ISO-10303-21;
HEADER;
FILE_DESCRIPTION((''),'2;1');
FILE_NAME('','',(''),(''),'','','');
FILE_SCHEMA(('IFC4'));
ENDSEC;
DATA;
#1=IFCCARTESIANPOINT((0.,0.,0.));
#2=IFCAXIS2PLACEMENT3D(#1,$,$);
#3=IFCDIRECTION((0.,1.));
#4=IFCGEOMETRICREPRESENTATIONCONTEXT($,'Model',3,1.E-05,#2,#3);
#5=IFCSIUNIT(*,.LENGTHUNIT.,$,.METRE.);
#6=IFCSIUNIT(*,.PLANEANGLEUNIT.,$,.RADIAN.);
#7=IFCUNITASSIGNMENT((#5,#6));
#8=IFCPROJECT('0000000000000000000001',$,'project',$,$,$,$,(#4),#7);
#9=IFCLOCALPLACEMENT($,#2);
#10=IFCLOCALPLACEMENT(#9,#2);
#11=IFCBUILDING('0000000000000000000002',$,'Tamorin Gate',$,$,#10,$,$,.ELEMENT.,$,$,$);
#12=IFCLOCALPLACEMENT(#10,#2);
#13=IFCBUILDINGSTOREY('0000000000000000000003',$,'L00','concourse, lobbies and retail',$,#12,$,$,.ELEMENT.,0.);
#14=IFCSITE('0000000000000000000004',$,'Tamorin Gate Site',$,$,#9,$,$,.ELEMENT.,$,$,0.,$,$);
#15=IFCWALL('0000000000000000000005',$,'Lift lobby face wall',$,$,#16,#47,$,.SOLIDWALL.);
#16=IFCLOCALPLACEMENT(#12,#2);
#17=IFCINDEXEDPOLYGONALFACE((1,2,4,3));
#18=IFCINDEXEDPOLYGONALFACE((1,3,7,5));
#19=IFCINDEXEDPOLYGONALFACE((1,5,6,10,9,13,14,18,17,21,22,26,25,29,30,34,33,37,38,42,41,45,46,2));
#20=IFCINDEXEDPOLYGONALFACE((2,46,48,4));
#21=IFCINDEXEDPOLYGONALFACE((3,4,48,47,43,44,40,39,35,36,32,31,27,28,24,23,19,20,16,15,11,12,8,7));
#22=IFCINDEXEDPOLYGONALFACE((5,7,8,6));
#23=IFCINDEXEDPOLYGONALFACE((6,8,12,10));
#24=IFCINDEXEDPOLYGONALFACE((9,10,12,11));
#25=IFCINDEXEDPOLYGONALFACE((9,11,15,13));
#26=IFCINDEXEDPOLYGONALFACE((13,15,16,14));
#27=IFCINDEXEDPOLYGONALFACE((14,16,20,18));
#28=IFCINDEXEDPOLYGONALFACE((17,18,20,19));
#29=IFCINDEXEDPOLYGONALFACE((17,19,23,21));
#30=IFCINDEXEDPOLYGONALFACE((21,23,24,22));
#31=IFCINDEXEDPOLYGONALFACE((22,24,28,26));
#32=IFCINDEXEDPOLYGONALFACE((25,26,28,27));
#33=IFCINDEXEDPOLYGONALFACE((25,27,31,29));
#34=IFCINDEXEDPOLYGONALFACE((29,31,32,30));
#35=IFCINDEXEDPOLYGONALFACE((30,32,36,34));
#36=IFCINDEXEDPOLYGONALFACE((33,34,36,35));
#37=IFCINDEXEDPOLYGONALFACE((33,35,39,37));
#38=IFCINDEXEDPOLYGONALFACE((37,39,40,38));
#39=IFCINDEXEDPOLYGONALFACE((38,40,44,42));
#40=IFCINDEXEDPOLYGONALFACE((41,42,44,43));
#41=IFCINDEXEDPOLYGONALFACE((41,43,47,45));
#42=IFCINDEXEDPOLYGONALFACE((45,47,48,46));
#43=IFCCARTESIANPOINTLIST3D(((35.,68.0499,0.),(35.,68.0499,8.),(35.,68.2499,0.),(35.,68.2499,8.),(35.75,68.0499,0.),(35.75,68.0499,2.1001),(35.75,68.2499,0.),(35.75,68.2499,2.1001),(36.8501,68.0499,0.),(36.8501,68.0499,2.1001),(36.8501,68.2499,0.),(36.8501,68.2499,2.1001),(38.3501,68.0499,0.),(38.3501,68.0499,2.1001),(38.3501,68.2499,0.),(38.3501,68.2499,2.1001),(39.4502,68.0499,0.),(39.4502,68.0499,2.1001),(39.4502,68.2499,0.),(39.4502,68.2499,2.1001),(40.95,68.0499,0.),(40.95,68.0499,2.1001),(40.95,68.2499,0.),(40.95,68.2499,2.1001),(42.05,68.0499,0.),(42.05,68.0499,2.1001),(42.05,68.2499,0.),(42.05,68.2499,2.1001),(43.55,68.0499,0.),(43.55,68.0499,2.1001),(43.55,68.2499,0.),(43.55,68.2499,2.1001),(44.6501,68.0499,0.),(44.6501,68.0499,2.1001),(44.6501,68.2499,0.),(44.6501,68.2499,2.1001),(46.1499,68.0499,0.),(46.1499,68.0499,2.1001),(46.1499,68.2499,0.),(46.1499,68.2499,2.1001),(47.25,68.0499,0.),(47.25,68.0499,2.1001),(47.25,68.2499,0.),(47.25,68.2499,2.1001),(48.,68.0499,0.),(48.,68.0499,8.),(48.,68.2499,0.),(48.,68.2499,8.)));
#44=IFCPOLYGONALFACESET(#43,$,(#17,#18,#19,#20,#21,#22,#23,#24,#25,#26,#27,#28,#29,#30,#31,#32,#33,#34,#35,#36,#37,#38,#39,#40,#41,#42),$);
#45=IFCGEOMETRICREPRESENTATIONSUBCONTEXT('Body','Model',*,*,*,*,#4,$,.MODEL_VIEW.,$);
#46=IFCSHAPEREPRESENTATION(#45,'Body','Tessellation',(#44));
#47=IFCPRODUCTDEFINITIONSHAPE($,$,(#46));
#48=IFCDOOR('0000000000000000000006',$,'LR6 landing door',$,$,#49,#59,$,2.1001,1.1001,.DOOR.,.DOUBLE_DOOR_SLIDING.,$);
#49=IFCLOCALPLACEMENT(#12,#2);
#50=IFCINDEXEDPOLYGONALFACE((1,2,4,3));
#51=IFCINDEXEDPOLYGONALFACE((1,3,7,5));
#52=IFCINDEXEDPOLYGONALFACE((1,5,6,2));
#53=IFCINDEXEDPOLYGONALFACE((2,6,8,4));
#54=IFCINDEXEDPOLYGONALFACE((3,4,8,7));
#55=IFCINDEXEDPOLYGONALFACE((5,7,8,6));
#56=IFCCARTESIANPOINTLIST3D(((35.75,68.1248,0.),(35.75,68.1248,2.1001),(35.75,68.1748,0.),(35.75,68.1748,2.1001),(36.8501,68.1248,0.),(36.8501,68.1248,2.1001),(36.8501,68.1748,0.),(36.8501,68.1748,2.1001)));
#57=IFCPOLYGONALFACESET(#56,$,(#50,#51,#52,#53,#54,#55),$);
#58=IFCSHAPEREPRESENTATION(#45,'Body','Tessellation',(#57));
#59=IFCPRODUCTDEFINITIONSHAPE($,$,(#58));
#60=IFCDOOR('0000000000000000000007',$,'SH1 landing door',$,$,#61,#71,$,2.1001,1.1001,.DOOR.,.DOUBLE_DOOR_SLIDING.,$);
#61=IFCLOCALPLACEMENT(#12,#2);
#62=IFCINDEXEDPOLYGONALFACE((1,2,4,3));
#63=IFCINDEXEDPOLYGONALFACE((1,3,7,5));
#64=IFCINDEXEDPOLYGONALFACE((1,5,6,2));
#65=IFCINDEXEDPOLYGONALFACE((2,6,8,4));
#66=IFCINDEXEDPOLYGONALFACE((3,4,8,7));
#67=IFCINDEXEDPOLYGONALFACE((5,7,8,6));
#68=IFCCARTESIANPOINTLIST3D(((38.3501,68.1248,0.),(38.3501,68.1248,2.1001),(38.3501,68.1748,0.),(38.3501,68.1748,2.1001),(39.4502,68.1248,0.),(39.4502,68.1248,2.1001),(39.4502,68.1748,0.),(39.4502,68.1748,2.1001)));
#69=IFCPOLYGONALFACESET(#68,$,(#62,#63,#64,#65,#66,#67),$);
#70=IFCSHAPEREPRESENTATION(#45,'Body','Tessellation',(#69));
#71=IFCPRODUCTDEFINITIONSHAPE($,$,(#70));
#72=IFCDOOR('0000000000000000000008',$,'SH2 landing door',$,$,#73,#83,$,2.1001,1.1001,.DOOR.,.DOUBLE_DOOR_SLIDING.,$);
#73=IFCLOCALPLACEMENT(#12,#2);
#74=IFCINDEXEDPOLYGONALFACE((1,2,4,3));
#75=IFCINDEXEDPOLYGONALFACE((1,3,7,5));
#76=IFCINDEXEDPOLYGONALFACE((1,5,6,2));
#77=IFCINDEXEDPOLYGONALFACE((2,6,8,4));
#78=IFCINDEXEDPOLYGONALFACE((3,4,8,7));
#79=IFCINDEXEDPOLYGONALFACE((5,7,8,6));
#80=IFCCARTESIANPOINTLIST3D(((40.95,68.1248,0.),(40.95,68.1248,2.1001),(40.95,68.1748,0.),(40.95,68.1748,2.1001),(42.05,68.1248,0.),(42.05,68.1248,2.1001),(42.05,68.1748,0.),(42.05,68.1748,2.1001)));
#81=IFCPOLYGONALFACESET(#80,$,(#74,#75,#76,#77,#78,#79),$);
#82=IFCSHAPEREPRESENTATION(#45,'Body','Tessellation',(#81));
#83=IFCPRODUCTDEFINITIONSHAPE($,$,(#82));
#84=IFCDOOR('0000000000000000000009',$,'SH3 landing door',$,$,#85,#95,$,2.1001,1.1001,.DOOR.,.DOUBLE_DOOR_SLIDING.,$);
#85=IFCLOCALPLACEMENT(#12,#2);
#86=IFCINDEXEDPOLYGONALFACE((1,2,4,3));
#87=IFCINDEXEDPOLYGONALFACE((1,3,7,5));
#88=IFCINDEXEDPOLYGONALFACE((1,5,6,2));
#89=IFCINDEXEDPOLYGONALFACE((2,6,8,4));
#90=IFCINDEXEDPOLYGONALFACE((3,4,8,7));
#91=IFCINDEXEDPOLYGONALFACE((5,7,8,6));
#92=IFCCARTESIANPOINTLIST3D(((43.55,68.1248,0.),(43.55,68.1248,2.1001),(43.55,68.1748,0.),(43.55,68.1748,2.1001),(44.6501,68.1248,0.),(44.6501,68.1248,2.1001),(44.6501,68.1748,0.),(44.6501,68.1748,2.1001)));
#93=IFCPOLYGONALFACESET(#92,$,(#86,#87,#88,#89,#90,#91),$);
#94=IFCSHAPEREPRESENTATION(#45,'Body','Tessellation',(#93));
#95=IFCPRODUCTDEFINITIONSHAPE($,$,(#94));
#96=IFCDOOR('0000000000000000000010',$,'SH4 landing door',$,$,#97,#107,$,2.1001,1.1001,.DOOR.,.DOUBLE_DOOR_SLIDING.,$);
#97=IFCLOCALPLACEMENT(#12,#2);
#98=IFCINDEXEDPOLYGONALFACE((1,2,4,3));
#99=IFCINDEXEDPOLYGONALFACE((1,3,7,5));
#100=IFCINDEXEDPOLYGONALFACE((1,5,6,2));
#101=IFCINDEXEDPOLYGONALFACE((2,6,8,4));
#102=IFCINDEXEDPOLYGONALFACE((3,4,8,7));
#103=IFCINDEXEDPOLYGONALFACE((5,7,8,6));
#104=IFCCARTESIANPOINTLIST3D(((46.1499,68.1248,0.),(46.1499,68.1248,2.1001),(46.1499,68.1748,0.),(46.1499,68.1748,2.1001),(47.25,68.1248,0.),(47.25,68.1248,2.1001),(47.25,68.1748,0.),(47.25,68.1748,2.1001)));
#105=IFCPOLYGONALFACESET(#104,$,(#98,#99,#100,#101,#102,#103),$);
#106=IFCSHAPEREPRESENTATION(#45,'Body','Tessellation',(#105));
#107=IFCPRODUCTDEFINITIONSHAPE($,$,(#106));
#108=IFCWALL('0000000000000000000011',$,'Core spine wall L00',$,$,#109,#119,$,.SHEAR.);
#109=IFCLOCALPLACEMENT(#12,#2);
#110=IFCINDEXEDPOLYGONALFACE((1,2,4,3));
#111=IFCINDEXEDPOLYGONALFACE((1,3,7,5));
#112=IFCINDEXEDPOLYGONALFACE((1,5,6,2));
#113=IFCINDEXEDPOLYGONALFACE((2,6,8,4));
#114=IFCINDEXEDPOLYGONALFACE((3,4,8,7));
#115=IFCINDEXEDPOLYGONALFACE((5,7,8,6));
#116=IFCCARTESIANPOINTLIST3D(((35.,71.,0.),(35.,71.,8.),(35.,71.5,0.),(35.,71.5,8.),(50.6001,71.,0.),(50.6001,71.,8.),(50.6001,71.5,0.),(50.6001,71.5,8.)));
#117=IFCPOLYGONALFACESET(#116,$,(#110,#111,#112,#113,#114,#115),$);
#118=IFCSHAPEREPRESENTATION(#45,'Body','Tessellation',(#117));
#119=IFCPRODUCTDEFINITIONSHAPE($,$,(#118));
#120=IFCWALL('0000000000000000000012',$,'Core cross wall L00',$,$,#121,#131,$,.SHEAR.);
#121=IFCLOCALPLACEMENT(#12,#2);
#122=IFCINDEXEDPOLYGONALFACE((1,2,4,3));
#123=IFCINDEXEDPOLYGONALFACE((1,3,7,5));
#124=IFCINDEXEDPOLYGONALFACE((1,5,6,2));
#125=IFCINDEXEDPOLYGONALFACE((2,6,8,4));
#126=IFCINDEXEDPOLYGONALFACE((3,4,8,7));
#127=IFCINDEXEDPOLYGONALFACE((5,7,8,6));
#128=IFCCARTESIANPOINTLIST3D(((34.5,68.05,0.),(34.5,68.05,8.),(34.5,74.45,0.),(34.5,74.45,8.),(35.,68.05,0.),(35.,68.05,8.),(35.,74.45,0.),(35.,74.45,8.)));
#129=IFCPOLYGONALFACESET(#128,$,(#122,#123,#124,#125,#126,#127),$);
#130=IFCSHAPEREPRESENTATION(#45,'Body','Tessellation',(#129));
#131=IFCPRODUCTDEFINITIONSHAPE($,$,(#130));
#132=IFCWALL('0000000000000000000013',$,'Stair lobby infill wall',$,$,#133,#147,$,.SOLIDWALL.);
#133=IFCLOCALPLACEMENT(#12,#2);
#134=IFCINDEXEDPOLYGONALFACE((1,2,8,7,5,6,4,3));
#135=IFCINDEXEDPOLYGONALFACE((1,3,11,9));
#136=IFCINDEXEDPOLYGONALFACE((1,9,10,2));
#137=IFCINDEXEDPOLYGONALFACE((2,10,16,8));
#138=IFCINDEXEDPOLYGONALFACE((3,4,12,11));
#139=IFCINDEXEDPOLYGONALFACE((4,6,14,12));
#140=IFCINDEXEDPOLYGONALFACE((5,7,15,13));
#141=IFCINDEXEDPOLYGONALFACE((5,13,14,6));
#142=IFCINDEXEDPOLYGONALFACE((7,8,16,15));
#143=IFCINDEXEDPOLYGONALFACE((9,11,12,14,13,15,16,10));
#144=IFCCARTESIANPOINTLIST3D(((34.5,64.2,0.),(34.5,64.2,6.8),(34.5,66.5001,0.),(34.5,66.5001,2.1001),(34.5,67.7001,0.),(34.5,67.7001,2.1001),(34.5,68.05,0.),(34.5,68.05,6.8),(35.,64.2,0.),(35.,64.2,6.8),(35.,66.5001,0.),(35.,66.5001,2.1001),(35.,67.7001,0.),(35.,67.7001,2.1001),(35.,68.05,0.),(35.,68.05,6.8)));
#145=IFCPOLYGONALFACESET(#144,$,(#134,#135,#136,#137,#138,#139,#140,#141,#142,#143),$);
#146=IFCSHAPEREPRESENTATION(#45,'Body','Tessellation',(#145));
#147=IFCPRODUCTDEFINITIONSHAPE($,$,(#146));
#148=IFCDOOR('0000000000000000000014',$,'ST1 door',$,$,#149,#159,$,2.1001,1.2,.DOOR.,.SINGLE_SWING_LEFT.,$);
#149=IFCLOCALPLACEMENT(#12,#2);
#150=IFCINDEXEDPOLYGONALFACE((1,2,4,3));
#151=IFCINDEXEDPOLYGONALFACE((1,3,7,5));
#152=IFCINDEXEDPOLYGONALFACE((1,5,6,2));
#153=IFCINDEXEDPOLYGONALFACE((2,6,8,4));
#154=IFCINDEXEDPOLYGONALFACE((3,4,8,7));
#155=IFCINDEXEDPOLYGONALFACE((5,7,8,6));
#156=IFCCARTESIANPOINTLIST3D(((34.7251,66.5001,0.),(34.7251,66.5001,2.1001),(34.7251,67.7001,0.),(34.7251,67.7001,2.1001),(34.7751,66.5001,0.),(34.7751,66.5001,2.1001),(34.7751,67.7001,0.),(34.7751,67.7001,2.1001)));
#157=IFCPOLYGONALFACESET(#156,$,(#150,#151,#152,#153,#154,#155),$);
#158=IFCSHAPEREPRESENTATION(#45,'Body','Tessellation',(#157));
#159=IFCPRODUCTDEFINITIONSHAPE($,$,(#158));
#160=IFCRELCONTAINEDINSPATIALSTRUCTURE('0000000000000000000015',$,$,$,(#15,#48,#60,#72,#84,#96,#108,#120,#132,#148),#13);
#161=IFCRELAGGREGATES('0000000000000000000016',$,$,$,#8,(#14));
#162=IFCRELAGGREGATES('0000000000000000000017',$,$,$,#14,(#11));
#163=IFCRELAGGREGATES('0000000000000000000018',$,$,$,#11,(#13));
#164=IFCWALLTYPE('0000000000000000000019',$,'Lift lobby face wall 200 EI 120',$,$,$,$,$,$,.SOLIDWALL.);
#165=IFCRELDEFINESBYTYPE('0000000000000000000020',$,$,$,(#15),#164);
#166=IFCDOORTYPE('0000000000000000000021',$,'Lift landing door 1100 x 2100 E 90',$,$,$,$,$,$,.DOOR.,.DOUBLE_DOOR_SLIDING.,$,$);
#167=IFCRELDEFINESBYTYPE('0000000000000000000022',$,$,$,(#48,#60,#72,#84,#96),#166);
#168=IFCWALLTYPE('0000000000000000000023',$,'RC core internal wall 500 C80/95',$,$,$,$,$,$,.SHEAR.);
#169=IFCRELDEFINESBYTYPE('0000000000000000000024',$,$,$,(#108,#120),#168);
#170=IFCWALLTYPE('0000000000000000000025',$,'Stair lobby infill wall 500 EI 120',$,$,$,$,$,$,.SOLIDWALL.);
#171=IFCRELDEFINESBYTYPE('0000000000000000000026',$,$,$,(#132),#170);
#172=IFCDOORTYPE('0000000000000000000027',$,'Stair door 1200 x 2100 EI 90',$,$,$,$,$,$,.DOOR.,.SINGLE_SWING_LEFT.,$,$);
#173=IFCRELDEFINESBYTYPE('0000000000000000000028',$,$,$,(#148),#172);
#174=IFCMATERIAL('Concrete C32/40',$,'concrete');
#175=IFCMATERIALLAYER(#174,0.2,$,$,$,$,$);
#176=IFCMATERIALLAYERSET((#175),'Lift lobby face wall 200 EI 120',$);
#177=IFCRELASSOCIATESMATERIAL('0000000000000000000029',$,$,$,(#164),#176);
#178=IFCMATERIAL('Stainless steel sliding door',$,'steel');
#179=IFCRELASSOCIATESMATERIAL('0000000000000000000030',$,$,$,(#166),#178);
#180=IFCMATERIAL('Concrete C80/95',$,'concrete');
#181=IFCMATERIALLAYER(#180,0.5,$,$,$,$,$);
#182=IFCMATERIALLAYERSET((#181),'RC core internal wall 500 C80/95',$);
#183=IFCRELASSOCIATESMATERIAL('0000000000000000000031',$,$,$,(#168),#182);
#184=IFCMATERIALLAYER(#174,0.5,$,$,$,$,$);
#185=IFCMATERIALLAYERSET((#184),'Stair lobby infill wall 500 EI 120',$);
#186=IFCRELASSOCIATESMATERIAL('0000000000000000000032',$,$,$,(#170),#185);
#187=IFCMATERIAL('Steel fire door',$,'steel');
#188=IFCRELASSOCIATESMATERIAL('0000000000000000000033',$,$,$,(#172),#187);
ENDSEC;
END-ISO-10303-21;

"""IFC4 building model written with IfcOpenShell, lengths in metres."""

from ifc_helpers import new_model, si_unit, direction, frame, frame_2d, origin, place, context, subcontext, project, spatial, rectangle, extrude, material, layer, layer_set, type_object, element, fill, save


model = new_model("IFC4")

# Units and contexts
model_context = context("Model", 3, precision=1e-05, world=origin(), true_north=direction((0.0, 1.0)))
body_context = subcontext(model_context, "Body", "Model", "MODEL_VIEW")
ifc_project = project(units=[si_unit("LENGTHUNIT", "METRE"), si_unit("PLANEANGLEUNIT", "RADIAN")], contexts=[model_context])

# Site, building, storey
site_placement = place(None, origin())
site = spatial("IfcSite", under=ifc_project, at=site_placement, Name="Tamorin Gate Site", CompositionType="ELEMENT", RefElevation=0.0)
building_placement = place(site_placement, origin())
building = spatial("IfcBuilding", under=site, at=building_placement, Name="Tamorin Gate", CompositionType="ELEMENT")
storey_placement = place(building_placement, origin())
storey = spatial("IfcBuildingStorey", under=building, at=storey_placement, Name="L00", Description="concourse, lobbies and retail", CompositionType="ELEMENT", Elevation=0.0)

# Shared definitions
ifc_material_1 = material(Name="Concrete C80/95", Category="concrete")

# Wall, openings, doors
ifc_material_2 = material(Name="Concrete C32/40", Category="concrete")
ifc_layer_1 = layer(ifc_material_2, 0.2)
ifc_layer_set_1 = layer_set([ifc_layer_1], Name="Lift lobby face wall 200 EI 120")
wall_type_1 = type_object("IfcWallType", Name="Lift lobby face wall 200 EI 120", PredefinedType="SOLIDWALL", material=ifc_layer_set_1)
ifc_material_3 = material(Name="Stainless steel sliding door", Category="steel")
door_type_1 = type_object("IfcDoorType", Name="Lift landing door 1100 x 2100 E 90", OperationType="DOUBLE_DOOR_SLIDING", PredefinedType="DOOR", material=ifc_material_3)
wall_1_placement = place(storey_placement, frame((35.0, 68.1499, 0.0), z_axis=(0.0, 0.0, 1.0), x_axis=(1.0, 0.0, 0.0)))
wall_1 = element("IfcWall", 1, at=wall_1_placement, inside=storey, type_object=wall_type_1, Name="Lift lobby face wall", PredefinedType="SOLIDWALL", context=body_context, shape_type="SweptSolid", body=[
    extrude(rectangle(XDim=13.0, YDim=0.2, at=frame_2d((6.5, 0.0))), origin(), (0.0, 0.0, 1.0), 8.0),
])
opening_1_placement = place(wall_1_placement, frame((0.75, 0.0, 0.0)))
opening_1 = element("IfcOpeningElement", 2, at=opening_1_placement, cuts=wall_1, PredefinedType="OPENING", context=body_context, shape_type="SweptSolid", body=[
    extrude(rectangle(XDim=1.1001, YDim=2.1001, at=frame_2d((0.55, 1.05))), frame((0.0, 0.1099, 0.0), z_axis=(0.0, -1.0, 0.0), x_axis=(1.0, 0.0, 0.0)), (0.0, 0.0, 1.0), 0.22),
])
opening_2_placement = place(wall_1_placement, frame((3.3501, 0.0, 0.0)))
opening_2 = element("IfcOpeningElement", 3, at=opening_2_placement, cuts=wall_1, PredefinedType="OPENING", context=body_context, shape_type="SweptSolid", body=[
    extrude(rectangle(XDim=1.1001, YDim=2.1001, at=frame_2d((0.55, 1.05))), frame((0.0, 0.1099, 0.0), z_axis=(0.0, -1.0, 0.0), x_axis=(1.0, 0.0, 0.0)), (0.0, 0.0, 1.0), 0.22),
])
opening_3_placement = place(wall_1_placement, frame((5.95, 0.0, 0.0)))
opening_3 = element("IfcOpeningElement", 4, at=opening_3_placement, cuts=wall_1, PredefinedType="OPENING", context=body_context, shape_type="SweptSolid", body=[
    extrude(rectangle(XDim=1.1001, YDim=2.1001, at=frame_2d((0.55, 1.05))), frame((0.0, 0.1099, 0.0), z_axis=(0.0, -1.0, 0.0), x_axis=(1.0, 0.0, 0.0)), (0.0, 0.0, 1.0), 0.22),
])
opening_4_placement = place(wall_1_placement, frame((8.55, 0.0, 0.0)))
opening_4 = element("IfcOpeningElement", 5, at=opening_4_placement, cuts=wall_1, PredefinedType="OPENING", context=body_context, shape_type="SweptSolid", body=[
    extrude(rectangle(XDim=1.1001, YDim=2.1001, at=frame_2d((0.55, 1.05))), frame((0.0, 0.1099, 0.0), z_axis=(0.0, -1.0, 0.0), x_axis=(1.0, 0.0, 0.0)), (0.0, 0.0, 1.0), 0.22),
])
opening_5_placement = place(wall_1_placement, frame((11.1499, 0.0, 0.0)))
opening_5 = element("IfcOpeningElement", 6, at=opening_5_placement, cuts=wall_1, PredefinedType="OPENING", context=body_context, shape_type="SweptSolid", body=[
    extrude(rectangle(XDim=1.1001, YDim=2.1001, at=frame_2d((0.55, 1.05))), frame((0.0, 0.1099, 0.0), z_axis=(0.0, -1.0, 0.0), x_axis=(1.0, 0.0, 0.0)), (0.0, 0.0, 1.0), 0.22),
])
door_1_placement = place(opening_1_placement, origin())
door_1 = element("IfcDoor", 7, at=door_1_placement, inside=storey, type_object=door_type_1, Name="LR6 landing door", OperationType="DOUBLE_DOOR_SLIDING", OverallHeight=2.1001, OverallWidth=1.1001, PredefinedType="DOOR", context=body_context, shape_type="SweptSolid", body=[
    extrude(rectangle(XDim=1.1001, YDim=2.1001, at=frame_2d((0.55, 1.05))), frame((0.0, 0.0249, 0.0), z_axis=(0.0, -1.0, 0.0), x_axis=(1.0, 0.0, 0.0)), (0.0, 0.0, 1.0), 0.05),
])
fill(opening_1, door_1)
door_2_placement = place(opening_2_placement, origin())
door_2 = element("IfcDoor", 8, at=door_2_placement, inside=storey, type_object=door_type_1, Name="SH1 landing door", OperationType="DOUBLE_DOOR_SLIDING", OverallHeight=2.1001, OverallWidth=1.1001, PredefinedType="DOOR", context=body_context, shape_type="SweptSolid", body=[
    extrude(rectangle(XDim=1.1001, YDim=2.1001, at=frame_2d((0.55, 1.05))), frame((0.0, 0.0249, 0.0), z_axis=(0.0, -1.0, 0.0), x_axis=(1.0, 0.0, 0.0)), (0.0, 0.0, 1.0), 0.05),
])
fill(opening_2, door_2)
door_3_placement = place(opening_3_placement, origin())
door_3 = element("IfcDoor", 9, at=door_3_placement, inside=storey, type_object=door_type_1, Name="SH2 landing door", OperationType="DOUBLE_DOOR_SLIDING", OverallHeight=2.1001, OverallWidth=1.1001, PredefinedType="DOOR", context=body_context, shape_type="SweptSolid", body=[
    extrude(rectangle(XDim=1.1001, YDim=2.1001, at=frame_2d((0.55, 1.05))), frame((0.0, 0.0249, 0.0), z_axis=(0.0, -1.0, 0.0), x_axis=(1.0, 0.0, 0.0)), (0.0, 0.0, 1.0), 0.05),
])
fill(opening_3, door_3)
door_4_placement = place(opening_4_placement, origin())
door_4 = element("IfcDoor", 10, at=door_4_placement, inside=storey, type_object=door_type_1, Name="SH3 landing door", OperationType="DOUBLE_DOOR_SLIDING", OverallHeight=2.1001, OverallWidth=1.1001, PredefinedType="DOOR", context=body_context, shape_type="SweptSolid", body=[
    extrude(rectangle(XDim=1.1001, YDim=2.1001, at=frame_2d((0.55, 1.05))), frame((0.0, 0.0249, 0.0), z_axis=(0.0, -1.0, 0.0), x_axis=(1.0, 0.0, 0.0)), (0.0, 0.0, 1.0), 0.05),
])
fill(opening_4, door_4)
door_5_placement = place(opening_5_placement, origin())
door_5 = element("IfcDoor", 11, at=door_5_placement, inside=storey, type_object=door_type_1, Name="SH4 landing door", OperationType="DOUBLE_DOOR_SLIDING", OverallHeight=2.1001, OverallWidth=1.1001, PredefinedType="DOOR", context=body_context, shape_type="SweptSolid", body=[
    extrude(rectangle(XDim=1.1001, YDim=2.1001, at=frame_2d((0.55, 1.05))), frame((0.0, 0.0249, 0.0), z_axis=(0.0, -1.0, 0.0), x_axis=(1.0, 0.0, 0.0)), (0.0, 0.0, 1.0), 0.05),
])
fill(opening_5, door_5)

# Walls
ifc_layer_2 = layer(ifc_material_1, 0.5)
ifc_layer_set_2 = layer_set([ifc_layer_2], Name="RC core internal wall 500 C80/95")
wall_type_2 = type_object("IfcWallType", Name="RC core internal wall 500 C80/95", PredefinedType="SHEAR", material=ifc_layer_set_2)
wall_2_placement = place(storey_placement, frame((35.0, 71.25, 0.0), z_axis=(0.0, 0.0, 1.0), x_axis=(1.0, 0.0, 0.0)))
element("IfcWall", 12, at=wall_2_placement, inside=storey, type_object=wall_type_2, Name="Core spine wall L00", PredefinedType="SHEAR", context=body_context, shape_type="SweptSolid", body=[
    extrude(rectangle(XDim=15.6001, YDim=0.5, at=frame_2d((7.8, 0.0))), origin(), (0.0, 0.0, 1.0), 8.0),
])
wall_3_placement = place(storey_placement, frame((34.75, 68.05, 0.0), z_axis=(0.0, 0.0, 1.0), x_axis=(0.0, 1.0, 0.0)))
element("IfcWall", 13, at=wall_3_placement, inside=storey, type_object=wall_type_2, Name="Core cross wall L00", PredefinedType="SHEAR", context=body_context, shape_type="SweptSolid", body=[
    extrude(rectangle(XDim=6.3999, YDim=0.5, at=frame_2d((3.2, 0.0))), origin(), (0.0, 0.0, 1.0), 8.0),
])

# Wall, opening, door
ifc_layer_3 = layer(ifc_material_2, 0.5)
ifc_layer_set_3 = layer_set([ifc_layer_3], Name="Stair lobby infill wall 500 EI 120")
wall_type_3 = type_object("IfcWallType", Name="Stair lobby infill wall 500 EI 120", PredefinedType="SOLIDWALL", material=ifc_layer_set_3)
wall_4_placement = place(storey_placement, frame((34.75, 64.2, 0.0), z_axis=(0.0, 0.0, 1.0), x_axis=(0.0, 1.0, 0.0)))
wall_4 = element("IfcWall", 14, at=wall_4_placement, inside=storey, type_object=wall_type_3, Name="Stair lobby infill wall", PredefinedType="SOLIDWALL", context=body_context, shape_type="SweptSolid", body=[
    extrude(rectangle(XDim=3.8501, YDim=0.5, at=frame_2d((1.925, 0.0))), origin(), (0.0, 0.0, 1.0), 6.8),
])
opening_6_placement = place(wall_4_placement, frame((2.3, 0.0, 0.0)))
opening_6 = element("IfcOpeningElement", 15, at=opening_6_placement, cuts=wall_4, PredefinedType="OPENING", context=body_context, shape_type="SweptSolid", body=[
    extrude(rectangle(XDim=1.2, YDim=2.1001, at=frame_2d((0.6001, 1.05))), frame((0.0, 0.26, 0.0), z_axis=(0.0, -1.0, 0.0), x_axis=(1.0, 0.0, 0.0)), (0.0, 0.0, 1.0), 0.52),
])
ifc_material_4 = material(Name="Steel fire door", Category="steel")
door_type_2 = type_object("IfcDoorType", Name="Stair door 1200 x 2100 EI 90", OperationType="SINGLE_SWING_LEFT", PredefinedType="DOOR", material=ifc_material_4)
door_6_placement = place(opening_6_placement, origin())
door_6 = element("IfcDoor", 16, at=door_6_placement, inside=storey, type_object=door_type_2, Name="ST1 door", OperationType="SINGLE_SWING_LEFT", OverallHeight=2.1001, OverallWidth=1.2, PredefinedType="DOOR", context=body_context, shape_type="SweptSolid", body=[
    extrude(rectangle(XDim=1.2, YDim=2.1001, at=frame_2d((0.6001, 1.05))), frame((0.0, 0.0249, 0.0), z_axis=(0.0, -1.0, 0.0), x_axis=(1.0, 0.0, 0.0)), (0.0, 0.0, 1.0), 0.05),
])
fill(opening_6, door_6)

save(model, "model.ifc")
